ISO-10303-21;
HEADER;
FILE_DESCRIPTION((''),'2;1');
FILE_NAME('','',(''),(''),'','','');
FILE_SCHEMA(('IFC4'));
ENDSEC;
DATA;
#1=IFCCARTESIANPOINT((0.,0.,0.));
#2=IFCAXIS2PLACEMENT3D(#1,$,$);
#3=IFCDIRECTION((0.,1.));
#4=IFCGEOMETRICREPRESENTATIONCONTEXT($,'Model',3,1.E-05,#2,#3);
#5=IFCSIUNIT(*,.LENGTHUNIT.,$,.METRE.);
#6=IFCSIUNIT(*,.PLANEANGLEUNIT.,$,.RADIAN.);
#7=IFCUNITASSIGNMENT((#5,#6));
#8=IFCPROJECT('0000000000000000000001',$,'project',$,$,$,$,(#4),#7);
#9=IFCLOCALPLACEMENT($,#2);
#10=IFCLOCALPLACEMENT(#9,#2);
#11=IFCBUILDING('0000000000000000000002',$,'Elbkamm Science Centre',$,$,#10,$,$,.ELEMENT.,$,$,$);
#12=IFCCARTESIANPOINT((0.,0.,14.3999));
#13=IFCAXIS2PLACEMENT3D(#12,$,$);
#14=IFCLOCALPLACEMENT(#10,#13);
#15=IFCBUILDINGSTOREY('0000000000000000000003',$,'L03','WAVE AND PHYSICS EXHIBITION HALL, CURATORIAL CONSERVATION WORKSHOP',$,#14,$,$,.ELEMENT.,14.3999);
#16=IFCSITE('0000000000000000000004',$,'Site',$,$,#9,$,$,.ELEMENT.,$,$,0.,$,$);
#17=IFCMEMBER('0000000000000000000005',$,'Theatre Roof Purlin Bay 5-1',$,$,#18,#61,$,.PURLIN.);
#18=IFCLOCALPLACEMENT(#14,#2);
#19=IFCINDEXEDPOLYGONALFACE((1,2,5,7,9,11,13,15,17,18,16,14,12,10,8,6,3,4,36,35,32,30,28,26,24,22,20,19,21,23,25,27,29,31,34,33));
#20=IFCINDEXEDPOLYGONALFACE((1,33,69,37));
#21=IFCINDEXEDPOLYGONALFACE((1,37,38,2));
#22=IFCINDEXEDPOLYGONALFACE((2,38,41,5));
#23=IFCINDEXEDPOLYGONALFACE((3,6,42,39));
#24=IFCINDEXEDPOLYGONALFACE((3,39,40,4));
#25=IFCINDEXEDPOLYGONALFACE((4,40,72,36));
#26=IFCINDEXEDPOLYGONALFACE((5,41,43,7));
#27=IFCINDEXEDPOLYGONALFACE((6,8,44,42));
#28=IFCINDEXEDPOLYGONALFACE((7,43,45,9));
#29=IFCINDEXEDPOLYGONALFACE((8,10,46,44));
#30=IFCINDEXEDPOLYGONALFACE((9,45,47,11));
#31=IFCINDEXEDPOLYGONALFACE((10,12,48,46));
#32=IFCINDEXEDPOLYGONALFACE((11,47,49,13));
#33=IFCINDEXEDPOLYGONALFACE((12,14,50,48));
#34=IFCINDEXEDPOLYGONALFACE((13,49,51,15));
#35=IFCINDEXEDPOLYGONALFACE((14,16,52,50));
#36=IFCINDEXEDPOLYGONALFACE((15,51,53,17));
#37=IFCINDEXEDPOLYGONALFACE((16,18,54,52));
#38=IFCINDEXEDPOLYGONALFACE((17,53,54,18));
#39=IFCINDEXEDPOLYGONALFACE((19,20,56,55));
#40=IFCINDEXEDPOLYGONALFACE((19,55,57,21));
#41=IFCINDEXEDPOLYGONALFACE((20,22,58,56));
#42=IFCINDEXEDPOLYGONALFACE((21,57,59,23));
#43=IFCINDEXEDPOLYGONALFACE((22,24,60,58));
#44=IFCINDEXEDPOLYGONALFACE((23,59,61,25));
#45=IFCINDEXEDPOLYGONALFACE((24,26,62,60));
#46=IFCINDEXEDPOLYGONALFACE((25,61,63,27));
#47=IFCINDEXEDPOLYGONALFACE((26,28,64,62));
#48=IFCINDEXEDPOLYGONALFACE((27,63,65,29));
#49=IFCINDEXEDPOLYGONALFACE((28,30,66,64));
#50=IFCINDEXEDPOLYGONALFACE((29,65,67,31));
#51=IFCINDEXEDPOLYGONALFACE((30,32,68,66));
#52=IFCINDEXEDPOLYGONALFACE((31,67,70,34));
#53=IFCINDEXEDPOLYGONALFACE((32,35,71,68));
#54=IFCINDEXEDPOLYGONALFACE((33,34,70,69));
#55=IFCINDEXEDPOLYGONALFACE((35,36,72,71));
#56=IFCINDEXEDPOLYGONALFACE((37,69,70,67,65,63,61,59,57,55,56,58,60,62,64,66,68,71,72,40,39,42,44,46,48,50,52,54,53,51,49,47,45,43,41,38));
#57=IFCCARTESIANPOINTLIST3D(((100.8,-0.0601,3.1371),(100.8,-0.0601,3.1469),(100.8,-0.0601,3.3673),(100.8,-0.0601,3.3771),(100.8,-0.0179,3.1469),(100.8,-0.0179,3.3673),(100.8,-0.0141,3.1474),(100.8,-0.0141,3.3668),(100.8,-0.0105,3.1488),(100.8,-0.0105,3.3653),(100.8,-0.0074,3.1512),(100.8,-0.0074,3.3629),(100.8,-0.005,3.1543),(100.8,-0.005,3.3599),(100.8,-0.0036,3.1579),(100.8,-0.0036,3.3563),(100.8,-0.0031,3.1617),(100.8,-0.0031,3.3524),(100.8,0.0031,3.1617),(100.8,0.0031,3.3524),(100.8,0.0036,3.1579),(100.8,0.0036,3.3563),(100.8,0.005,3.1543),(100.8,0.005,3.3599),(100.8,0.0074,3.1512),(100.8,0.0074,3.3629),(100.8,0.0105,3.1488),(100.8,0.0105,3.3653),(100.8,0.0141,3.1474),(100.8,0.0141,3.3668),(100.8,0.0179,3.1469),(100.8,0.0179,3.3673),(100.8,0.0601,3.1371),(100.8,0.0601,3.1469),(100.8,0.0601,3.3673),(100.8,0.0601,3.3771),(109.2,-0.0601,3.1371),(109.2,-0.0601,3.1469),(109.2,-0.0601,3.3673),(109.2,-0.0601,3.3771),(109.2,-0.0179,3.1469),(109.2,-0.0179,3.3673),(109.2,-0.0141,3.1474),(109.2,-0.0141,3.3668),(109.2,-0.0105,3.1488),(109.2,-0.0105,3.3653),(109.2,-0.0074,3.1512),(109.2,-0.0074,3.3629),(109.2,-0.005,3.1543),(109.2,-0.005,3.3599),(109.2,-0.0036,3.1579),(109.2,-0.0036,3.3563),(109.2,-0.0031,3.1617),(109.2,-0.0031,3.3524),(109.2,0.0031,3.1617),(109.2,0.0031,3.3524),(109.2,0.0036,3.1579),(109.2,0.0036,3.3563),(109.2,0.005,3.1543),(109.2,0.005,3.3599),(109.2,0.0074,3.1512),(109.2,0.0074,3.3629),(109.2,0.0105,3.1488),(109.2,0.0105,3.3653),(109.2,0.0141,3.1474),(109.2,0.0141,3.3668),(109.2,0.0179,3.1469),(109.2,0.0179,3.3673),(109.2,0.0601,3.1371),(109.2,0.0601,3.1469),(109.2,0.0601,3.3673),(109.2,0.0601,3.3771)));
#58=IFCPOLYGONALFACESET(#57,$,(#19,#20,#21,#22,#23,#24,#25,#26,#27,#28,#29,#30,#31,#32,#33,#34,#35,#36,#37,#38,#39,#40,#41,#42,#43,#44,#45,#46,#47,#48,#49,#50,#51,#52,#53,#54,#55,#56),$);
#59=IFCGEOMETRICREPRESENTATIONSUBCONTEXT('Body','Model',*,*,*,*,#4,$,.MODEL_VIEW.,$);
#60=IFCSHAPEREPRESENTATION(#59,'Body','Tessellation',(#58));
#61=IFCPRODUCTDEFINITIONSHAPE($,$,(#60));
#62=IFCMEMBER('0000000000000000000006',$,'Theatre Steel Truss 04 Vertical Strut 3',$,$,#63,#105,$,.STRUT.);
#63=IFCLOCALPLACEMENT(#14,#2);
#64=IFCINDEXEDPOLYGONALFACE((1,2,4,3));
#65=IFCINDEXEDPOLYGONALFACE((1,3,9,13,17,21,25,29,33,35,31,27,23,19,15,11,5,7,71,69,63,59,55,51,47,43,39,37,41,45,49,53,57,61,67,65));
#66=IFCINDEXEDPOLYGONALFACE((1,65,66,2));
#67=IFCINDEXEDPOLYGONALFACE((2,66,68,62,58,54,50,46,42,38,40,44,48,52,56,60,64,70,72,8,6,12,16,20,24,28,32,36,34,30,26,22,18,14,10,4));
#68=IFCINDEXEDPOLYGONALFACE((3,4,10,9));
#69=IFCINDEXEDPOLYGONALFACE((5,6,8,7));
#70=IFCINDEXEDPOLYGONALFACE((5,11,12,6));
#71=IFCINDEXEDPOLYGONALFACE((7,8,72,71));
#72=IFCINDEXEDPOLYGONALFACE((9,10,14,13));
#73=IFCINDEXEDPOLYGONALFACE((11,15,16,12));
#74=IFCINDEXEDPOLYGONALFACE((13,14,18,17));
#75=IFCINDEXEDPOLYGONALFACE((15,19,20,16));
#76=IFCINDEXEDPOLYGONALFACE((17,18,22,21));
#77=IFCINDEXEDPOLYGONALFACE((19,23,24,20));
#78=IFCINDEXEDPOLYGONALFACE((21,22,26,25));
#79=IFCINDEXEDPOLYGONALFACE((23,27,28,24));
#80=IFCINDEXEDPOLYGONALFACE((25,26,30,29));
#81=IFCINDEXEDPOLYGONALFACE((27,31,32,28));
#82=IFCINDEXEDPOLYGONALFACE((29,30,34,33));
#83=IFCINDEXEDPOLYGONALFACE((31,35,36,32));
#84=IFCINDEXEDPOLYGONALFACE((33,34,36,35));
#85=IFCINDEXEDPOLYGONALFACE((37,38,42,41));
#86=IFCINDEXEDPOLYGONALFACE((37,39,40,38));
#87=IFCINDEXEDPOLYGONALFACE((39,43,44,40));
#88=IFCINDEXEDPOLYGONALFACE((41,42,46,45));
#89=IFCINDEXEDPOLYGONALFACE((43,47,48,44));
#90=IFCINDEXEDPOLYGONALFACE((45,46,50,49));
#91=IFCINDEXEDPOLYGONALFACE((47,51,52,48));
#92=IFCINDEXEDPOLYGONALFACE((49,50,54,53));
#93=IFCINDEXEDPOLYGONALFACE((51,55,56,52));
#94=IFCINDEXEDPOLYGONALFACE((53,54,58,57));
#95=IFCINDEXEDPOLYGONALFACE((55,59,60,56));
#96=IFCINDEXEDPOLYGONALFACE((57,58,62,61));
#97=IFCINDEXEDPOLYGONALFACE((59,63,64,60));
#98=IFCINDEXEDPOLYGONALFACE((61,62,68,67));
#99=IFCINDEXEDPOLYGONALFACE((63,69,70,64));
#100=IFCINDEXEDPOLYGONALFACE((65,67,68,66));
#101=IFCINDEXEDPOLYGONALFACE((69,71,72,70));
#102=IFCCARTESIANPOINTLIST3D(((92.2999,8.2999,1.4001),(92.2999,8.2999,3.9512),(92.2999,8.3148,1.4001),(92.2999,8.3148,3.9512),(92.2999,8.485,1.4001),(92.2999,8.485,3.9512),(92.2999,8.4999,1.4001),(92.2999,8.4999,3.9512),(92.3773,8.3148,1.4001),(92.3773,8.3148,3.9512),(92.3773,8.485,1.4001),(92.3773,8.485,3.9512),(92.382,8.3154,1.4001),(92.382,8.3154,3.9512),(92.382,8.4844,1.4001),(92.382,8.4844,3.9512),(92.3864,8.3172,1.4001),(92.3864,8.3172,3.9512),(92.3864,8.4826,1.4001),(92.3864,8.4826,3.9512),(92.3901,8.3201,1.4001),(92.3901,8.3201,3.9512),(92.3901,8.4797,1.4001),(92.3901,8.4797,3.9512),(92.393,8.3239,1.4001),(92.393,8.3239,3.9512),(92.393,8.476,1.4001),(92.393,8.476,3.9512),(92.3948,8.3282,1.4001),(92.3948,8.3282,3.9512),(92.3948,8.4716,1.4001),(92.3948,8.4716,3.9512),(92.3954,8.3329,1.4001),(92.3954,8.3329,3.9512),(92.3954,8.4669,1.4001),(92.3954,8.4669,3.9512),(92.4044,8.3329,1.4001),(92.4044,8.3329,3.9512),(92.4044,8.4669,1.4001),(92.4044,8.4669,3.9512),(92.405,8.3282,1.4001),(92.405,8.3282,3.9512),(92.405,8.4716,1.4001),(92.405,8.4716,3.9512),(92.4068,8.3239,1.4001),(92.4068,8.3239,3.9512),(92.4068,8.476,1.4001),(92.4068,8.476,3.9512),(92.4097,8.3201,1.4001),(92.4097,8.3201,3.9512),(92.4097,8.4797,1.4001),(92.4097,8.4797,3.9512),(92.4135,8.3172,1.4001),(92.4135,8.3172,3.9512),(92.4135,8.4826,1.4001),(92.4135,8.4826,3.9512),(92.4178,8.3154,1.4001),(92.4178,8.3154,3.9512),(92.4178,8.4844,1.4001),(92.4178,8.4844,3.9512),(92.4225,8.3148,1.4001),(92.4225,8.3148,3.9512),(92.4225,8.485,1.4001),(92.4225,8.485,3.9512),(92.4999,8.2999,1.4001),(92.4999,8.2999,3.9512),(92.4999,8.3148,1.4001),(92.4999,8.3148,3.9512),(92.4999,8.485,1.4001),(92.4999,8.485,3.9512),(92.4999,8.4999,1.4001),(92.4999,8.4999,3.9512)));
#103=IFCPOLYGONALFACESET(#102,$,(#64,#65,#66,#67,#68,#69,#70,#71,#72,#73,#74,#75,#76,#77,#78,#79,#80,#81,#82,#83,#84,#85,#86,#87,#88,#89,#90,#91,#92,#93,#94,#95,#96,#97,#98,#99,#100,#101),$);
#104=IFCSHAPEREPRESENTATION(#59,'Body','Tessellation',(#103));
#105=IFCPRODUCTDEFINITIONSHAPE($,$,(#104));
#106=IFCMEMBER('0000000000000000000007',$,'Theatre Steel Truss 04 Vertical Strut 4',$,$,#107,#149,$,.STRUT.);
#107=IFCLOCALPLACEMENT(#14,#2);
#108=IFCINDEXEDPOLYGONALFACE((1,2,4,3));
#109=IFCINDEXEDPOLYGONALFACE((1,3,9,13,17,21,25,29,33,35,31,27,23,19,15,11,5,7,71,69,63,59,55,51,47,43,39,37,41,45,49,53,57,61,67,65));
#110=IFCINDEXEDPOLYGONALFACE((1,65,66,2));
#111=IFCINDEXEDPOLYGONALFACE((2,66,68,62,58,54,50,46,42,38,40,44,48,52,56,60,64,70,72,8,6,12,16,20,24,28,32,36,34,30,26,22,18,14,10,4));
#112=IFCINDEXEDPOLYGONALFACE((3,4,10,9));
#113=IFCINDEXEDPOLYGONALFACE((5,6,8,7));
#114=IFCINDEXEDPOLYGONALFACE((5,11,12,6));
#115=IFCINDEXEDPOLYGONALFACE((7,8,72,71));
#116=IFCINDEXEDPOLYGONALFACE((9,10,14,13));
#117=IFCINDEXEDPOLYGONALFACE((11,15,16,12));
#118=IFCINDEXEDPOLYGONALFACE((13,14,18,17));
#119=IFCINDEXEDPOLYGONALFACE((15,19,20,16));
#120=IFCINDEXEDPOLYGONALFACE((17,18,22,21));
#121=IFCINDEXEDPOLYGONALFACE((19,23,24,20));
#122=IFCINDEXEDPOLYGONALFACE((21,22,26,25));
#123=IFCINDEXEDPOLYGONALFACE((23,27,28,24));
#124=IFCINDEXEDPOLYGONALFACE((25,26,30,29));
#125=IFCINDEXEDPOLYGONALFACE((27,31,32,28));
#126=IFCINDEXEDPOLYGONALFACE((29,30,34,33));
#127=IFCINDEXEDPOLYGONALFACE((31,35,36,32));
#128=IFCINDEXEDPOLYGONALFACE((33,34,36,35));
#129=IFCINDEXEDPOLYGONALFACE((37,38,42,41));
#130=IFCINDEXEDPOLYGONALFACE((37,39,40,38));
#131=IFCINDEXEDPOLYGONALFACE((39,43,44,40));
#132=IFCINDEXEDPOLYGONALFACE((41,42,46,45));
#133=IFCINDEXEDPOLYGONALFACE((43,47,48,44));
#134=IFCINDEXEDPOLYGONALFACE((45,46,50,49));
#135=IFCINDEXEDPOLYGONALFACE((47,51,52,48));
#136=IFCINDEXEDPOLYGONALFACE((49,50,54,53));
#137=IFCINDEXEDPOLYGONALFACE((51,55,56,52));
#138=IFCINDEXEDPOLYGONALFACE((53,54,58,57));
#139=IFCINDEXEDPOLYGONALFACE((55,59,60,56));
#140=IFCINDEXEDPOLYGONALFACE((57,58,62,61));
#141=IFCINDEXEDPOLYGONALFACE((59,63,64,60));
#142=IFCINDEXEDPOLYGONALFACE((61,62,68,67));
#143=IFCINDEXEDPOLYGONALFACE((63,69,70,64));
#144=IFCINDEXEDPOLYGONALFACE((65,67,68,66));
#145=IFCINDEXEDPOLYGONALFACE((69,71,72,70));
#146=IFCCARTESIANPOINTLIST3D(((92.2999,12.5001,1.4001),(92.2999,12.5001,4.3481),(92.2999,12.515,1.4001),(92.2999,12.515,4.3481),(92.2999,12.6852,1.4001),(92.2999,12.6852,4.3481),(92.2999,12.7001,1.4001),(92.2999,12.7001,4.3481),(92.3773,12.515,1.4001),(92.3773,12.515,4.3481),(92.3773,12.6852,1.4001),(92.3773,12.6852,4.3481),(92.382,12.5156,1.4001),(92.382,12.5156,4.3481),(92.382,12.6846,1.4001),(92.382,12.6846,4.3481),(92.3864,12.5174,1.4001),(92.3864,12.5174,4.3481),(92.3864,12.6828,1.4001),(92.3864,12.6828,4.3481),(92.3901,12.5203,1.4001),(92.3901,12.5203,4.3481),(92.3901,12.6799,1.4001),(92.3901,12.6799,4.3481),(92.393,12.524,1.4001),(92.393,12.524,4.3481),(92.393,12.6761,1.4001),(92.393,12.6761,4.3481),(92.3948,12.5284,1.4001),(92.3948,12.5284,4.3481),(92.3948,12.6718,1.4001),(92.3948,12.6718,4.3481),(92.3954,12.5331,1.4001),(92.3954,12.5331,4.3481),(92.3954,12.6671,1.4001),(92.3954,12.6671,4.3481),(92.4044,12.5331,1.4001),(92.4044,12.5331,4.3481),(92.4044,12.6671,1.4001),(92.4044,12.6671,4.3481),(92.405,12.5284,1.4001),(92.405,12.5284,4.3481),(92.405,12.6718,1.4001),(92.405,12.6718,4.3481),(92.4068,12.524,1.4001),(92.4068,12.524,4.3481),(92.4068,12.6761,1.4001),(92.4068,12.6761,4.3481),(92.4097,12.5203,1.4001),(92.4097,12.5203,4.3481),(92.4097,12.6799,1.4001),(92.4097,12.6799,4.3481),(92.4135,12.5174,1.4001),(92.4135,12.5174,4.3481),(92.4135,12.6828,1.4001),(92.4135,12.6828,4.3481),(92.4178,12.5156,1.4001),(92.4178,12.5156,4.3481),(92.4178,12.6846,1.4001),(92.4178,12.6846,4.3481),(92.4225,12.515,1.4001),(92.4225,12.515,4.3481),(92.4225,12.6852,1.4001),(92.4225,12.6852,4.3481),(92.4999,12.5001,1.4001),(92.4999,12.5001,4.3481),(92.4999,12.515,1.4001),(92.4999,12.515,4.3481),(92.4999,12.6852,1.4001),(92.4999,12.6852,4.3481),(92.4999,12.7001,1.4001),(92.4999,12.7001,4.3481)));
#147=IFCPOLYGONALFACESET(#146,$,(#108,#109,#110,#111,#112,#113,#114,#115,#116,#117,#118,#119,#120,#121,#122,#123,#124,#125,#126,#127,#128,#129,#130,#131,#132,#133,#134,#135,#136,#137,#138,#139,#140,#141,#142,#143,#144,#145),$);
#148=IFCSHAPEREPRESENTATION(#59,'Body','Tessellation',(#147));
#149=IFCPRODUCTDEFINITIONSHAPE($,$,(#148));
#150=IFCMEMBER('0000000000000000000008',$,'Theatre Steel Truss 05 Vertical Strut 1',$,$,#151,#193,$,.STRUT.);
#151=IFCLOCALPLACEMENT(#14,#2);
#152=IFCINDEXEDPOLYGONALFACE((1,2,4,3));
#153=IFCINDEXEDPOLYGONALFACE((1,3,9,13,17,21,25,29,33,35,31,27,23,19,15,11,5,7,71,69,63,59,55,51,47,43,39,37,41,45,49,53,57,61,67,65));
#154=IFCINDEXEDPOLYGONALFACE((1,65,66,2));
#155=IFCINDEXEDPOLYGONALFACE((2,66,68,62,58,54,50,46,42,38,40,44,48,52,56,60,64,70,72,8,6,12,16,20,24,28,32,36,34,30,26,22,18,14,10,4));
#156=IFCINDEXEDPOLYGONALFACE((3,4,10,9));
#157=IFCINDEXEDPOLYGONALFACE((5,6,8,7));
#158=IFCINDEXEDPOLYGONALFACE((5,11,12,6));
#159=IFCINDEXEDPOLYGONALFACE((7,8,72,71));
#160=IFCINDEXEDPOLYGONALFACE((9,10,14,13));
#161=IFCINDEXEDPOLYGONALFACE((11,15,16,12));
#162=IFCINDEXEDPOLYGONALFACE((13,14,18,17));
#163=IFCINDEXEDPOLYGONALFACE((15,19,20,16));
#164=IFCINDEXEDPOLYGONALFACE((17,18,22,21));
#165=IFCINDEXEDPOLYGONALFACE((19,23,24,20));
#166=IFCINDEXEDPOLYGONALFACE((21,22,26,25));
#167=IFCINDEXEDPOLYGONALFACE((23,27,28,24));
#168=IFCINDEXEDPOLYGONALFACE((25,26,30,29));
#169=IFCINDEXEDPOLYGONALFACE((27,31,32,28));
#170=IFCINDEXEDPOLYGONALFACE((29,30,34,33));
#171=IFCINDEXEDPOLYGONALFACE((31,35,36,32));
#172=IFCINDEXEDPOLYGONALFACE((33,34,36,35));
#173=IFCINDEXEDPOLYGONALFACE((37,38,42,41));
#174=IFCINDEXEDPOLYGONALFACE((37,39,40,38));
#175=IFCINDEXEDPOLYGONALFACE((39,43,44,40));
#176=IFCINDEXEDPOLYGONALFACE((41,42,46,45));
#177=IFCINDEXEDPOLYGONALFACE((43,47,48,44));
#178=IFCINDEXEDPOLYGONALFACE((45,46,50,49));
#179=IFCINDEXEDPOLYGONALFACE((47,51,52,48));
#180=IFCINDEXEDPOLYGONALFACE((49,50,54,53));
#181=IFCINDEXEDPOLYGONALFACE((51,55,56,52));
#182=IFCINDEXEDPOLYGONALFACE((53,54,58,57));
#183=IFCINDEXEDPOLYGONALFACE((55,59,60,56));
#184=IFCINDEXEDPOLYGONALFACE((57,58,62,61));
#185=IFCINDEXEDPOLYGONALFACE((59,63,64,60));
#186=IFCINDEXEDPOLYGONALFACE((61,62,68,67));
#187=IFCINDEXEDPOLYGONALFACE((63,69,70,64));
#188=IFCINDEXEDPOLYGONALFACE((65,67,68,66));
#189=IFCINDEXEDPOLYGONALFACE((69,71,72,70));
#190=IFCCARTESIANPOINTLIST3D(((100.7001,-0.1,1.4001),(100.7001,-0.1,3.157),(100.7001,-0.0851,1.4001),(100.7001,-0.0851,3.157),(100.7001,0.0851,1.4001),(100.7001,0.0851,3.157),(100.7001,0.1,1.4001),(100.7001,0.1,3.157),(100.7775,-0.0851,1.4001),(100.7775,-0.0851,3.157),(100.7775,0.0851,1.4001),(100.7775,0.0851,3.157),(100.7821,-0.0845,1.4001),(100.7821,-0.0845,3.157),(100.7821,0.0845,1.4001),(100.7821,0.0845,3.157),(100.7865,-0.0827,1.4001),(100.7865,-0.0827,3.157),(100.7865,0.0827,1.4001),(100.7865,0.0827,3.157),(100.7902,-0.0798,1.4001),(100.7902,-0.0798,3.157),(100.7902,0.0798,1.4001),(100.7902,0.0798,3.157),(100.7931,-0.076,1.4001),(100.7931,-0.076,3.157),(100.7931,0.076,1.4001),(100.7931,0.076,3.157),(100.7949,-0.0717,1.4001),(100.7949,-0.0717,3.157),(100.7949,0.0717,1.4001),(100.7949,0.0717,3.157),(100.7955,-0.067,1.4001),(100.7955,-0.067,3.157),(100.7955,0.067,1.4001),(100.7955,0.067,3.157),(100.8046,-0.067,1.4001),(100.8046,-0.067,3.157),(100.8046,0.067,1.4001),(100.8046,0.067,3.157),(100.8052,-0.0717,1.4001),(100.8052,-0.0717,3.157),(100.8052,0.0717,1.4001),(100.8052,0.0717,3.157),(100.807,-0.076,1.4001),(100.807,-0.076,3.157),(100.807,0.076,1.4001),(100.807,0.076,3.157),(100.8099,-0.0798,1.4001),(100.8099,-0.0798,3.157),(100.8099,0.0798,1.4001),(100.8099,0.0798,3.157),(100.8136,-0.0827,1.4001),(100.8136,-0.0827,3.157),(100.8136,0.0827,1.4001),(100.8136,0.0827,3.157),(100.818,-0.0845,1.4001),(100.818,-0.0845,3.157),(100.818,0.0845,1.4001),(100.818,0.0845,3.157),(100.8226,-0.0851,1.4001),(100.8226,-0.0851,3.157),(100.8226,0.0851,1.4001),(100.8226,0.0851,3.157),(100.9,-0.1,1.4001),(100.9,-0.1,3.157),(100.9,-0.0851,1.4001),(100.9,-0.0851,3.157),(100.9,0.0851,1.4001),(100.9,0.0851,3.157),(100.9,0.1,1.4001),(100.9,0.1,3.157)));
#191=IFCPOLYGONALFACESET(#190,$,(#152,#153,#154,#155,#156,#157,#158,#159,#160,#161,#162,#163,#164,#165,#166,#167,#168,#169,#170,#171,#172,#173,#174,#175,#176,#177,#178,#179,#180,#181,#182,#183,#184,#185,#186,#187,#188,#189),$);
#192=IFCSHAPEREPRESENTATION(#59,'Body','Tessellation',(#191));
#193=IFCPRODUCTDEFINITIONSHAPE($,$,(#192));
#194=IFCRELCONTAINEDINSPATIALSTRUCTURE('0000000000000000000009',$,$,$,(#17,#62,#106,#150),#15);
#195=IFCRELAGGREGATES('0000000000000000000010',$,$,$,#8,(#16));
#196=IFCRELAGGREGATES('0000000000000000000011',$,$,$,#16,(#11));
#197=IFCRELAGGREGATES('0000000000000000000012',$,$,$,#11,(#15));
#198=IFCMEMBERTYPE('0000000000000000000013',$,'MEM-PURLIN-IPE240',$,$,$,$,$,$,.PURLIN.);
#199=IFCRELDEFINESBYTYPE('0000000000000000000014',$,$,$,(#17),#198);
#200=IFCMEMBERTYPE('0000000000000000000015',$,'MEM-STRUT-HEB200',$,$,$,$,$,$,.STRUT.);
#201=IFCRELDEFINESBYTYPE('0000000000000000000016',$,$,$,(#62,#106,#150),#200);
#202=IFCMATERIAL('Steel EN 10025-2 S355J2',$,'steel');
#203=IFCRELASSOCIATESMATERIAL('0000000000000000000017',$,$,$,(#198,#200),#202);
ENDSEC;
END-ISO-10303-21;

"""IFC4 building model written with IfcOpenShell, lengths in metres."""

from ifc_helpers import new_model, si_unit, direction, frame, origin, origin_2d, place, context, subcontext, project, spatial, i_section, extrude, material, material_profile, profile_set, type_object, element, save


model = new_model("IFC4")

# Units and contexts
model_context = context("Model", 3, precision=1e-05, world=origin(), true_north=direction((0.0, 1.0)))
body_context = subcontext(model_context, "Body", "Model", "MODEL_VIEW")
ifc_project = project(units=[si_unit("LENGTHUNIT", "METRE"), si_unit("PLANEANGLEUNIT", "RADIAN")], contexts=[model_context])

# Site, building, storey
site_placement = place(None, origin())
site = spatial("IfcSite", under=ifc_project, at=site_placement, Name="Site", CompositionType="ELEMENT", RefElevation=0.0)
building_placement = place(site_placement, origin())
building = spatial("IfcBuilding", under=site, at=building_placement, Name="Elbkamm Science Centre", CompositionType="ELEMENT")
storey_placement = place(building_placement, frame((0.0, 0.0, 14.3999)))
storey = spatial("IfcBuildingStorey", under=building, at=storey_placement, Name="L03", Description="WAVE AND PHYSICS EXHIBITION HALL, CURATORIAL CONSERVATION WORKSHOP", CompositionType="ELEMENT", Elevation=14.3999)

# Shared definitions
ifc_material_1 = material(Name="Steel EN 10025-2 S355J2", Category="steel")

# Members
ifc_material_profile_1 = material_profile(ifc_material_1, i_section(OverallWidth=0.1201, OverallDepth=0.24, WebThickness=0.0061, FlangeThickness=0.0098, FilletRadius=0.0149, at=origin_2d()), Name="IPE 240")
ifc_profile_set_1 = profile_set([ifc_material_profile_1], Name="Steel EN 10025-2 S355J2")
member_type_1 = type_object("IfcMemberType", Name="MEM-PURLIN-IPE240", PredefinedType="PURLIN", material=ifc_profile_set_1)
member_1_placement = place(storey_placement, frame((100.8, 0.0, 3.2571), z_axis=(1.0, 0.0, 0.0), x_axis=(0.0, 1.0, 0.0)))
element("IfcMember", 1, at=member_1_placement, inside=storey, type_object=member_type_1, Name="Theatre Roof Purlin Bay 5-1", PredefinedType="PURLIN", context=body_context, shape_type="SweptSolid", body=[
    extrude(i_section(OverallWidth=0.1201, OverallDepth=0.24, WebThickness=0.0061, FlangeThickness=0.0098, FilletRadius=0.0149, at=origin_2d()), origin(), (0.0, 0.0, 1.0), 8.3999),
])
ifc_material_profile_2 = material_profile(ifc_material_1, i_section(OverallWidth=0.2, OverallDepth=0.2, WebThickness=0.009, FlangeThickness=0.0149, FilletRadius=0.0181, at=origin_2d()), Name="HEB 200")
ifc_profile_set_2 = profile_set([ifc_material_profile_2], Name="Steel EN 10025-2 S355J2")
member_type_2 = type_object("IfcMemberType", Name="MEM-STRUT-HEB200", PredefinedType="STRUT", material=ifc_profile_set_2)
member_2_placement = place(storey_placement, frame((92.3999, 8.3999, 1.4001), z_axis=(0.0, 0.0, 1.0), x_axis=(1.0, 0.0, 0.0)))
element("IfcMember", 2, at=member_2_placement, inside=storey, type_object=member_type_2, Name="Theatre Steel Truss 04 Vertical Strut 3", PredefinedType="STRUT", context=body_context, shape_type="SweptSolid", body=[
    extrude(i_section(OverallWidth=0.2, OverallDepth=0.2, WebThickness=0.009, FlangeThickness=0.0149, FilletRadius=0.0181, at=origin_2d()), origin(), (0.0, 0.0, 1.0), 2.551),
])
member_3_placement = place(storey_placement, frame((92.3999, 12.6001, 1.4001), z_axis=(0.0, 0.0, 1.0), x_axis=(1.0, 0.0, 0.0)))
element("IfcMember", 3, at=member_3_placement, inside=storey, type_object=member_type_2, Name="Theatre Steel Truss 04 Vertical Strut 4", PredefinedType="STRUT", context=body_context, shape_type="SweptSolid", body=[
    extrude(i_section(OverallWidth=0.2, OverallDepth=0.2, WebThickness=0.009, FlangeThickness=0.0149, FilletRadius=0.0181, at=origin_2d()), origin(), (0.0, 0.0, 1.0), 2.948),
])
member_4_placement = place(storey_placement, frame((100.8, 0.0, 1.4001), z_axis=(0.0, 0.0, 1.0), x_axis=(1.0, 0.0, 0.0)))
element("IfcMember", 4, at=member_4_placement, inside=storey, type_object=member_type_2, Name="Theatre Steel Truss 05 Vertical Strut 1", PredefinedType="STRUT", context=body_context, shape_type="SweptSolid", body=[
    extrude(i_section(OverallWidth=0.2, OverallDepth=0.2, WebThickness=0.009, FlangeThickness=0.0149, FilletRadius=0.0181, at=origin_2d()), origin(), (0.0, 0.0, 1.0), 1.7568),
])

save(model, "model.ifc")
